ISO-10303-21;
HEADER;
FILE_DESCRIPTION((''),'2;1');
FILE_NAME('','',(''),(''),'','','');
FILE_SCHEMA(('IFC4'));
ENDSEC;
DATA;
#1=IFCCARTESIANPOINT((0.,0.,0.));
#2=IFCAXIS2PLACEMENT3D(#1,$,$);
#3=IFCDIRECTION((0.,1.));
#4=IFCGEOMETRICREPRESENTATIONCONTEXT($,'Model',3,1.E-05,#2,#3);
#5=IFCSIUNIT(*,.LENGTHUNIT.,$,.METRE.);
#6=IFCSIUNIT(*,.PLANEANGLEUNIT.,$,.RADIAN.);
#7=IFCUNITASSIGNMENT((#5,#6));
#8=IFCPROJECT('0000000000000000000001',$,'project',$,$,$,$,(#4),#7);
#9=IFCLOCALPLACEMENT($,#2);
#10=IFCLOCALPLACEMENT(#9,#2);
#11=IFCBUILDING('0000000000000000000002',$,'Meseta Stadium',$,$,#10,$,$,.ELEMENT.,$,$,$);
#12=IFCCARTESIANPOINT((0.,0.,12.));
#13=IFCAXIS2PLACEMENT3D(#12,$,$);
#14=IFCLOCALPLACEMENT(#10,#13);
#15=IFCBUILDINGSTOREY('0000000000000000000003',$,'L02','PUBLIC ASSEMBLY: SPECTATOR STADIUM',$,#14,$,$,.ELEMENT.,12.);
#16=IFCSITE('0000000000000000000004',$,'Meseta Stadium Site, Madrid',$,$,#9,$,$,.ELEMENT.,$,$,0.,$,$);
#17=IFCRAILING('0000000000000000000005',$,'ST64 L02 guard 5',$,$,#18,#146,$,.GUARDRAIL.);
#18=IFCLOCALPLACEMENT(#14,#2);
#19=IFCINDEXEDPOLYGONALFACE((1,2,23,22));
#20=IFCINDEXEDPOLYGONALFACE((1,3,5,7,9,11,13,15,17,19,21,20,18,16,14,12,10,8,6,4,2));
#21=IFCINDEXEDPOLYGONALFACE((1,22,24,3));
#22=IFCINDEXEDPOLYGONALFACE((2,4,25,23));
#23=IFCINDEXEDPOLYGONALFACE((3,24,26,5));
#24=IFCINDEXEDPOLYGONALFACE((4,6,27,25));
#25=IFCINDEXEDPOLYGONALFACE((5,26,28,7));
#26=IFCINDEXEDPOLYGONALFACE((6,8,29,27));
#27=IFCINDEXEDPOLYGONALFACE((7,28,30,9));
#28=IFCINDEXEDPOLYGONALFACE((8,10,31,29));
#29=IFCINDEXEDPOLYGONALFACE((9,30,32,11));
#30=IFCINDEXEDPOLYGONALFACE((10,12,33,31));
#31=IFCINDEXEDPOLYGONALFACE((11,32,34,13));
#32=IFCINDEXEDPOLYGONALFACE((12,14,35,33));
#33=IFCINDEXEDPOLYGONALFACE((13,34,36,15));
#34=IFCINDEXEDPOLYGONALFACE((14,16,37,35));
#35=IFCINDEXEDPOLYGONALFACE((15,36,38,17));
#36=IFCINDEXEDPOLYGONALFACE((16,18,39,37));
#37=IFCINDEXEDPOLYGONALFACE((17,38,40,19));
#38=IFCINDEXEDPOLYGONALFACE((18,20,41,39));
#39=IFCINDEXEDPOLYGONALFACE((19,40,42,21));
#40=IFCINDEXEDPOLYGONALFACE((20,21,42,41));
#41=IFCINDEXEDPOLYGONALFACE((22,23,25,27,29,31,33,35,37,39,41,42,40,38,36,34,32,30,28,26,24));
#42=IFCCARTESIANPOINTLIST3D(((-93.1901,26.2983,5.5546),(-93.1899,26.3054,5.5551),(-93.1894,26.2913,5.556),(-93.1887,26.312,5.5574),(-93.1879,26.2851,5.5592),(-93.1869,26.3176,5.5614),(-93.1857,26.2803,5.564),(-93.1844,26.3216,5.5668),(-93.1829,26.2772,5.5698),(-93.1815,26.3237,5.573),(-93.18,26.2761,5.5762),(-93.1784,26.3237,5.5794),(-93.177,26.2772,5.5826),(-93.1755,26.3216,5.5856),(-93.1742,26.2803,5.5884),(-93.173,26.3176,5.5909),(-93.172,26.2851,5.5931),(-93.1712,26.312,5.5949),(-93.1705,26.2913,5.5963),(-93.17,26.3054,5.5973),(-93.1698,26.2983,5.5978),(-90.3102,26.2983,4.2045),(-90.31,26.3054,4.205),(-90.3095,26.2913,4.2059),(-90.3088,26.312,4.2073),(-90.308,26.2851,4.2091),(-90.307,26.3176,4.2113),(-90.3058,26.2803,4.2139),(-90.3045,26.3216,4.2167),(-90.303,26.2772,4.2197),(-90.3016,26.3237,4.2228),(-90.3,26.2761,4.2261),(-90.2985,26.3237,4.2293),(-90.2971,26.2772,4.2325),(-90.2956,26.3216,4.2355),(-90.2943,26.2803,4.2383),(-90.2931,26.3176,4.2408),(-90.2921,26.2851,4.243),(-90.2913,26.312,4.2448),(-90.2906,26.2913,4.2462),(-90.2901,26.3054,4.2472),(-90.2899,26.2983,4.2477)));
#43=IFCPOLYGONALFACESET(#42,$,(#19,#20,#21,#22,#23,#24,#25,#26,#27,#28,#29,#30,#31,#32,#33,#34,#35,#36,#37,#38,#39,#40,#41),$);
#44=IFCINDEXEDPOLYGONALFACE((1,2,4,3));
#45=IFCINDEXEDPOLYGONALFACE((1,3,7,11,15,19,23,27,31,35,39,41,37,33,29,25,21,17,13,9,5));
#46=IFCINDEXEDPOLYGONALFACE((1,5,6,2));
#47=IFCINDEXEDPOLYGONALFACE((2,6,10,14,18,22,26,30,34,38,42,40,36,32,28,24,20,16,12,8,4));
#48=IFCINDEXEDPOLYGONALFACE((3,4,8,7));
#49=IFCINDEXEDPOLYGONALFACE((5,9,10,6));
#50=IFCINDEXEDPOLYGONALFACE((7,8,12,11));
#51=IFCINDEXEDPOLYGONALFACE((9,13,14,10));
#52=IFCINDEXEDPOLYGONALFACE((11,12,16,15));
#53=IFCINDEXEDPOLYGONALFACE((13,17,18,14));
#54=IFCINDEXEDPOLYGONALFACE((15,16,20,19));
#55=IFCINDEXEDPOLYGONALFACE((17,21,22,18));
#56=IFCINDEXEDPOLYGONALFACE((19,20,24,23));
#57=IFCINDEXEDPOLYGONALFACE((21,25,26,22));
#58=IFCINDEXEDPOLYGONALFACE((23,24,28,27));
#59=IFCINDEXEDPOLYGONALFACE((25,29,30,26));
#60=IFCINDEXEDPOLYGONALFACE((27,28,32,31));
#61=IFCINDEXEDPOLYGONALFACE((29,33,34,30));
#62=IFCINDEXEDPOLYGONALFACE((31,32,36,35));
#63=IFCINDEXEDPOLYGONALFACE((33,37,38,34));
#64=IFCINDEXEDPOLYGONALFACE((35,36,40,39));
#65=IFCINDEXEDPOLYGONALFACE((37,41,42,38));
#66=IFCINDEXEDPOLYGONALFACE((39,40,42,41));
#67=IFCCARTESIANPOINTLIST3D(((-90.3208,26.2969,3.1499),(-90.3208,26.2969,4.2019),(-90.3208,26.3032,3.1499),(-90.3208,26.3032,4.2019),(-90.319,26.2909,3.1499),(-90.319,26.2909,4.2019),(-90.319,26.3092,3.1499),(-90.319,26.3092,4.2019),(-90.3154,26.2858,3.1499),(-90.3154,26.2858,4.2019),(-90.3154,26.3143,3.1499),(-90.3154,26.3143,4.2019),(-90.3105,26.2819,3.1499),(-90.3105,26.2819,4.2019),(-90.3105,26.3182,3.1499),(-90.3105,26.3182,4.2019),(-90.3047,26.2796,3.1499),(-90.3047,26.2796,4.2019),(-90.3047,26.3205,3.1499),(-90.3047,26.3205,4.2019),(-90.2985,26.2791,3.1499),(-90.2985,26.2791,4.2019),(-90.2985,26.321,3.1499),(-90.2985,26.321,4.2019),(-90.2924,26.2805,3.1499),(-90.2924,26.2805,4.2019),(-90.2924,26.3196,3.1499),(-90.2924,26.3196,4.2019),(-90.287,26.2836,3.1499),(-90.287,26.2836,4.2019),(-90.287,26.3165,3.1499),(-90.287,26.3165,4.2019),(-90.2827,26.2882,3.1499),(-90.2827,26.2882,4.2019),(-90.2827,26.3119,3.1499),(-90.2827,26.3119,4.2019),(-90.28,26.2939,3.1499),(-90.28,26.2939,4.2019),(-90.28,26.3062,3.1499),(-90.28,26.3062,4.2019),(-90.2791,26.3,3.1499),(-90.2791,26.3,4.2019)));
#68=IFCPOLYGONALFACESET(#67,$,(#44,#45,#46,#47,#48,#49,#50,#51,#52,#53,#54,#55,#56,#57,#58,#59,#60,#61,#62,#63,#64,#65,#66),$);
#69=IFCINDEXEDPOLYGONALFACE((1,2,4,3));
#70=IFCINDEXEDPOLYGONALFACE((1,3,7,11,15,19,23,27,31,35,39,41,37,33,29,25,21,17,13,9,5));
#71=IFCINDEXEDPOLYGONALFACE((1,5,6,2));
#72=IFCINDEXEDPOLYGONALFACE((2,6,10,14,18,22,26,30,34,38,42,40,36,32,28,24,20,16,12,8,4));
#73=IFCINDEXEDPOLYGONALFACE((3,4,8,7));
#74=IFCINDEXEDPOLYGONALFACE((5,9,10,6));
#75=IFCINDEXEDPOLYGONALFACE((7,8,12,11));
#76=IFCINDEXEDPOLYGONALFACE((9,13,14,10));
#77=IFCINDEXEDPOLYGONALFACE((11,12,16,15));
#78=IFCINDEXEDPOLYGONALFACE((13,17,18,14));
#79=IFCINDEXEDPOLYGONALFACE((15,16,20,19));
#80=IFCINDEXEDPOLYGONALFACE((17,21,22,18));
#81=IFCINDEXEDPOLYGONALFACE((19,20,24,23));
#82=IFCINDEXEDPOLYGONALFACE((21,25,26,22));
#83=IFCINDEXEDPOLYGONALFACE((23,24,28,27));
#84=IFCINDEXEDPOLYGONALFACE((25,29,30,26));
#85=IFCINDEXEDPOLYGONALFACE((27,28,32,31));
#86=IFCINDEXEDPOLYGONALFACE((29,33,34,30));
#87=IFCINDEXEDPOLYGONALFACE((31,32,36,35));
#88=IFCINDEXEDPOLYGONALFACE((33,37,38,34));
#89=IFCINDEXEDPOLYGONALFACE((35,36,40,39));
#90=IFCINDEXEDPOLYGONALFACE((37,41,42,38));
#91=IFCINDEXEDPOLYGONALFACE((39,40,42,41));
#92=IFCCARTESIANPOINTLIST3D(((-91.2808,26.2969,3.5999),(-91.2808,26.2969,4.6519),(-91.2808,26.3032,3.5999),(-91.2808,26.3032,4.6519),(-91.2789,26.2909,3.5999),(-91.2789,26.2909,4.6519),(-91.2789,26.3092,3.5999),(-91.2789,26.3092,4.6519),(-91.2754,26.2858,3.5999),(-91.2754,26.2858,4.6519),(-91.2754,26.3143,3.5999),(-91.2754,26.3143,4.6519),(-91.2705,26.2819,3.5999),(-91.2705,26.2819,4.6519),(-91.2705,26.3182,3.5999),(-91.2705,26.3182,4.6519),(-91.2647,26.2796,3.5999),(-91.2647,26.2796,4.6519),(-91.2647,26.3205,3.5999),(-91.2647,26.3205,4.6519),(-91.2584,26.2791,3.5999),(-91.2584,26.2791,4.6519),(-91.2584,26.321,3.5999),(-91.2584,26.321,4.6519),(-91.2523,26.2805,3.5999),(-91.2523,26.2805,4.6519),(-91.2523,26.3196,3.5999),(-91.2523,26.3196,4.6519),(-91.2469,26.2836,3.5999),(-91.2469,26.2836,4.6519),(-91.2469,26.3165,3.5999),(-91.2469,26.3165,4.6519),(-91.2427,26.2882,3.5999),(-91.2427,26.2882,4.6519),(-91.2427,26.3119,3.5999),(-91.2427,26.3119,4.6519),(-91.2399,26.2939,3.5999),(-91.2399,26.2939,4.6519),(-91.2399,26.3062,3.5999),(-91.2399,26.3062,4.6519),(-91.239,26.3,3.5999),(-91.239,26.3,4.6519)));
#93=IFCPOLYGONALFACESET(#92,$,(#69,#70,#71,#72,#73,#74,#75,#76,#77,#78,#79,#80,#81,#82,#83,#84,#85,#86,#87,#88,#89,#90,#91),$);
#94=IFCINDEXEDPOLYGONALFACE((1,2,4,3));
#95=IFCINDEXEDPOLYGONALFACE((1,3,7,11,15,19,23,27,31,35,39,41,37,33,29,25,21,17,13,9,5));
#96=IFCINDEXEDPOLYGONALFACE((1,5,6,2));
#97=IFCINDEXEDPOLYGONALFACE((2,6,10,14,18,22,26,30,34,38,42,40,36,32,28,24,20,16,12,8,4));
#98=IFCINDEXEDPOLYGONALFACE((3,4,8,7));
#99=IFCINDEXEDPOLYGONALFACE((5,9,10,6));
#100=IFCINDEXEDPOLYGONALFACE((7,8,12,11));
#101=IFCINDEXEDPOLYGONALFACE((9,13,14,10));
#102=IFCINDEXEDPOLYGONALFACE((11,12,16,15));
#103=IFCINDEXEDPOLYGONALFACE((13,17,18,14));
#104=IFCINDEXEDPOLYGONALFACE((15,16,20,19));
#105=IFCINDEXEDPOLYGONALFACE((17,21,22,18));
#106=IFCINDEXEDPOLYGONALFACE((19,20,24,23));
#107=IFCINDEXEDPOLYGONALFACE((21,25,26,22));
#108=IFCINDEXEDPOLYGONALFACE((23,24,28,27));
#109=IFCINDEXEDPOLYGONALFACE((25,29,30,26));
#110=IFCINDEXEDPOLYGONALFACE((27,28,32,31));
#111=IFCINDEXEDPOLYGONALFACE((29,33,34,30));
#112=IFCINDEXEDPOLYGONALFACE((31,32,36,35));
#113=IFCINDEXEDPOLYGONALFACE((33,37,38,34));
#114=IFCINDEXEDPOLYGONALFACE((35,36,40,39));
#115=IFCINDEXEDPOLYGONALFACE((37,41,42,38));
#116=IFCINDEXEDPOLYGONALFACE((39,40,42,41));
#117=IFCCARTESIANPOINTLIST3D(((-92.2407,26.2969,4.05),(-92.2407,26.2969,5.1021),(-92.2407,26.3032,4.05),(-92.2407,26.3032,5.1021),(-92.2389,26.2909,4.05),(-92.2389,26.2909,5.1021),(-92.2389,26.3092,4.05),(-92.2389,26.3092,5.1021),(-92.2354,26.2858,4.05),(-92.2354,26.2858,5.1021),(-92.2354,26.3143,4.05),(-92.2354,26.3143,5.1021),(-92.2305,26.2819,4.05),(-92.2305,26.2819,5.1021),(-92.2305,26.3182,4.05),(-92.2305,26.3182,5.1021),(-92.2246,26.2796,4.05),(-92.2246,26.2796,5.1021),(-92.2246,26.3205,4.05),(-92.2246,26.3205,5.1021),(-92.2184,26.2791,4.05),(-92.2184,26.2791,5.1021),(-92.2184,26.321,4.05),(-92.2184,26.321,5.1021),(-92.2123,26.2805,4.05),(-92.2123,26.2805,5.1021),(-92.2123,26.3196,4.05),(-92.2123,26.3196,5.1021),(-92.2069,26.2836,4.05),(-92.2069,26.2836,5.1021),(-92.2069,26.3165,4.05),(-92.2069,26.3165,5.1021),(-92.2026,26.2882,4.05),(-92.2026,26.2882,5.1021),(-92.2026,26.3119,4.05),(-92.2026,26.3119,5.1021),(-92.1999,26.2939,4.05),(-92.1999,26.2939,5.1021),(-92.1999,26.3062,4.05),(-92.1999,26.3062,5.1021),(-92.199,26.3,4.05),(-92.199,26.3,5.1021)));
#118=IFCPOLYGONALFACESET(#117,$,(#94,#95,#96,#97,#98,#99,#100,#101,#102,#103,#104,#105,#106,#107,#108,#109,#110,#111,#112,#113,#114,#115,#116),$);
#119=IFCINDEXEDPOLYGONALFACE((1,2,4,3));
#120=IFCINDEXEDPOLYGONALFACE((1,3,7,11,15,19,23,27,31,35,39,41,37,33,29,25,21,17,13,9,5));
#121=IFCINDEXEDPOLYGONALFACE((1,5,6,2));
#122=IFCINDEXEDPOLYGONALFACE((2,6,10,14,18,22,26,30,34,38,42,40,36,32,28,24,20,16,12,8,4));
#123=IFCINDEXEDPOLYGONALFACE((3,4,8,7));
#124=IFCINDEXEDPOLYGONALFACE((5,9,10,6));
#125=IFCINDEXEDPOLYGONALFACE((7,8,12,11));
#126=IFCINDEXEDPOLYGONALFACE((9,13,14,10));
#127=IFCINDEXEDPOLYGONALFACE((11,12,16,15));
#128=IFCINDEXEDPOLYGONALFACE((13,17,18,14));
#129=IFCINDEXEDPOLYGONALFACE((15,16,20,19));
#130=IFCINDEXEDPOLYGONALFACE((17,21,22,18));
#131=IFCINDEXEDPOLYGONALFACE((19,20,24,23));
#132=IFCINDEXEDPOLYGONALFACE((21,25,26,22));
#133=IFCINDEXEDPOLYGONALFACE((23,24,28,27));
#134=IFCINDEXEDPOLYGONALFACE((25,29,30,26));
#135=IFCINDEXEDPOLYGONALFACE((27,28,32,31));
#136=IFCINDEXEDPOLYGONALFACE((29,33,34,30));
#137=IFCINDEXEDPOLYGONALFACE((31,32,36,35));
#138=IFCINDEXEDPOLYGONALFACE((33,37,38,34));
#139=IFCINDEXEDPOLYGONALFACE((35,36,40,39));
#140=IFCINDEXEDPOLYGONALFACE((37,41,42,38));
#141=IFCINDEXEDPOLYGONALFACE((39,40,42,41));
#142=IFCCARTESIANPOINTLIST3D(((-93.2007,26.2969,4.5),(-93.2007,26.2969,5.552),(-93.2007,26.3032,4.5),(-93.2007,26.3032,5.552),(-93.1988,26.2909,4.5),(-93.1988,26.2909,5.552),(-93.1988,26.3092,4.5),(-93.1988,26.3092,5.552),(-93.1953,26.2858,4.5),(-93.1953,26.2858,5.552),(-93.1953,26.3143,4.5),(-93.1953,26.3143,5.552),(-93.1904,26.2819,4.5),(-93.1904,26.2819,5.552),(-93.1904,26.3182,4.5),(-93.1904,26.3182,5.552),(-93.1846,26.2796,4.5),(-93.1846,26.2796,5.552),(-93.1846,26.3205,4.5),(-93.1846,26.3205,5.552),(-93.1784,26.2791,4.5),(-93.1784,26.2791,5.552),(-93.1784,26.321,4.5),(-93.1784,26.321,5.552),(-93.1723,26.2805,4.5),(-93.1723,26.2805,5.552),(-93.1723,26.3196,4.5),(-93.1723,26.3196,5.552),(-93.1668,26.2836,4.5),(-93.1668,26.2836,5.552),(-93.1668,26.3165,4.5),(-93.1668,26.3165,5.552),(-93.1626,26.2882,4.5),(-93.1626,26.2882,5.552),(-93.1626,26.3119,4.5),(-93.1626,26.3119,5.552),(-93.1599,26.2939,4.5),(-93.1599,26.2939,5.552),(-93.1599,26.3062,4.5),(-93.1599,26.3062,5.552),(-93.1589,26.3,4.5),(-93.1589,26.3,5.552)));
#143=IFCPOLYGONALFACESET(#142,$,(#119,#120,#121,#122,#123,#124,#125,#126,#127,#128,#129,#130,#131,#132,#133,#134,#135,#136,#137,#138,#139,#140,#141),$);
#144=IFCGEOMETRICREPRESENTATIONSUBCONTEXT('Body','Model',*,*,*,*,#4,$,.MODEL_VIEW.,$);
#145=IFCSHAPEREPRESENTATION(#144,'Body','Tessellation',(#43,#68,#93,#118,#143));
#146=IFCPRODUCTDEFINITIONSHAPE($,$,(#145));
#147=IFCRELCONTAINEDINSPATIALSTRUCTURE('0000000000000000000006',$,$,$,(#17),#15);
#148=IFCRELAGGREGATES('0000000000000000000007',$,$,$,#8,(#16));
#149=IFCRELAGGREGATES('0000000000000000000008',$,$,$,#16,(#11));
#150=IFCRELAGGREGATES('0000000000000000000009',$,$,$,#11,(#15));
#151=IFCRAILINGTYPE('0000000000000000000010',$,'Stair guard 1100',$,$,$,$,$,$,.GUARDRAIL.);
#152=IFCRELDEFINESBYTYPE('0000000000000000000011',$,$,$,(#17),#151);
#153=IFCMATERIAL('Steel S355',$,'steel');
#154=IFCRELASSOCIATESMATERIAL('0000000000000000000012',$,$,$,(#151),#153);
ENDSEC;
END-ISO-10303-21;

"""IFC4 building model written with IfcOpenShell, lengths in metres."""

from ifc_helpers import new_model, si_unit, direction, frame, origin, origin_2d, place, context, subcontext, project, spatial, circle, extrude, material, type_object, element, save


model = new_model("IFC4")

# Units and contexts
model_context = context("Model", 3, precision=1e-05, world=origin(), true_north=direction((0.0, 1.0)))
body_context = subcontext(model_context, "Body", "Model", "MODEL_VIEW")
ifc_project = project(units=[si_unit("LENGTHUNIT", "METRE"), si_unit("PLANEANGLEUNIT", "RADIAN")], contexts=[model_context])

# Site, building, storey
site_placement = place(None, origin())
site = spatial("IfcSite", under=ifc_project, at=site_placement, Name="Meseta Stadium Site, Madrid", CompositionType="ELEMENT", RefElevation=0.0)
building_placement = place(site_placement, origin())
building = spatial("IfcBuilding", under=site, at=building_placement, Name="Meseta Stadium", CompositionType="ELEMENT")
storey_placement = place(building_placement, frame((0.0, 0.0, 12.0)))
storey = spatial("IfcBuildingStorey", under=building, at=storey_placement, Name="L02", Description="PUBLIC ASSEMBLY: SPECTATOR STADIUM", CompositionType="ELEMENT", Elevation=12.0)

# Railing
ifc_material_1 = material(Name="Steel S355", Category="steel")
railing_type_1 = type_object("IfcRailingType", Name="Stair guard 1100", PredefinedType="GUARDRAIL", material=ifc_material_1)
railing_1_placement = place(storey_placement, frame((-90.3, 26.3, 3.1499)))
element("IfcRailing", 1, at=railing_1_placement, inside=storey, type_object=railing_type_1, Name="ST64 L02 guard 5", PredefinedType="GUARDRAIL", context=body_context, shape_type="SweptSolid", body=[
    extrude(circle(Radius=0.0239, at=origin_2d()), frame((0.0, 0.0, 1.0762), z_axis=(-0.90544, 0.0, 0.424473), x_axis=(0.0, -1.0, 0.0)), (0.0, 0.0, 1.0), 3.1807),
    extrude(circle(Radius=0.021, at=origin_2d()), origin(), (0.0, 0.0, 1.0), 1.052),
    extrude(circle(Radius=0.021, at=origin_2d()), frame((-0.96, 0.0, 0.45)), (0.0, 0.0, 1.0), 1.052),
    extrude(circle(Radius=0.021, at=origin_2d()), frame((-1.9199, 0.0, 0.9001)), (0.0, 0.0, 1.0), 1.052),
    extrude(circle(Radius=0.021, at=origin_2d()), frame((-2.8799, 0.0, 1.3501)), (0.0, 0.0, 1.0), 1.052),
])

save(model, "model.ifc")
